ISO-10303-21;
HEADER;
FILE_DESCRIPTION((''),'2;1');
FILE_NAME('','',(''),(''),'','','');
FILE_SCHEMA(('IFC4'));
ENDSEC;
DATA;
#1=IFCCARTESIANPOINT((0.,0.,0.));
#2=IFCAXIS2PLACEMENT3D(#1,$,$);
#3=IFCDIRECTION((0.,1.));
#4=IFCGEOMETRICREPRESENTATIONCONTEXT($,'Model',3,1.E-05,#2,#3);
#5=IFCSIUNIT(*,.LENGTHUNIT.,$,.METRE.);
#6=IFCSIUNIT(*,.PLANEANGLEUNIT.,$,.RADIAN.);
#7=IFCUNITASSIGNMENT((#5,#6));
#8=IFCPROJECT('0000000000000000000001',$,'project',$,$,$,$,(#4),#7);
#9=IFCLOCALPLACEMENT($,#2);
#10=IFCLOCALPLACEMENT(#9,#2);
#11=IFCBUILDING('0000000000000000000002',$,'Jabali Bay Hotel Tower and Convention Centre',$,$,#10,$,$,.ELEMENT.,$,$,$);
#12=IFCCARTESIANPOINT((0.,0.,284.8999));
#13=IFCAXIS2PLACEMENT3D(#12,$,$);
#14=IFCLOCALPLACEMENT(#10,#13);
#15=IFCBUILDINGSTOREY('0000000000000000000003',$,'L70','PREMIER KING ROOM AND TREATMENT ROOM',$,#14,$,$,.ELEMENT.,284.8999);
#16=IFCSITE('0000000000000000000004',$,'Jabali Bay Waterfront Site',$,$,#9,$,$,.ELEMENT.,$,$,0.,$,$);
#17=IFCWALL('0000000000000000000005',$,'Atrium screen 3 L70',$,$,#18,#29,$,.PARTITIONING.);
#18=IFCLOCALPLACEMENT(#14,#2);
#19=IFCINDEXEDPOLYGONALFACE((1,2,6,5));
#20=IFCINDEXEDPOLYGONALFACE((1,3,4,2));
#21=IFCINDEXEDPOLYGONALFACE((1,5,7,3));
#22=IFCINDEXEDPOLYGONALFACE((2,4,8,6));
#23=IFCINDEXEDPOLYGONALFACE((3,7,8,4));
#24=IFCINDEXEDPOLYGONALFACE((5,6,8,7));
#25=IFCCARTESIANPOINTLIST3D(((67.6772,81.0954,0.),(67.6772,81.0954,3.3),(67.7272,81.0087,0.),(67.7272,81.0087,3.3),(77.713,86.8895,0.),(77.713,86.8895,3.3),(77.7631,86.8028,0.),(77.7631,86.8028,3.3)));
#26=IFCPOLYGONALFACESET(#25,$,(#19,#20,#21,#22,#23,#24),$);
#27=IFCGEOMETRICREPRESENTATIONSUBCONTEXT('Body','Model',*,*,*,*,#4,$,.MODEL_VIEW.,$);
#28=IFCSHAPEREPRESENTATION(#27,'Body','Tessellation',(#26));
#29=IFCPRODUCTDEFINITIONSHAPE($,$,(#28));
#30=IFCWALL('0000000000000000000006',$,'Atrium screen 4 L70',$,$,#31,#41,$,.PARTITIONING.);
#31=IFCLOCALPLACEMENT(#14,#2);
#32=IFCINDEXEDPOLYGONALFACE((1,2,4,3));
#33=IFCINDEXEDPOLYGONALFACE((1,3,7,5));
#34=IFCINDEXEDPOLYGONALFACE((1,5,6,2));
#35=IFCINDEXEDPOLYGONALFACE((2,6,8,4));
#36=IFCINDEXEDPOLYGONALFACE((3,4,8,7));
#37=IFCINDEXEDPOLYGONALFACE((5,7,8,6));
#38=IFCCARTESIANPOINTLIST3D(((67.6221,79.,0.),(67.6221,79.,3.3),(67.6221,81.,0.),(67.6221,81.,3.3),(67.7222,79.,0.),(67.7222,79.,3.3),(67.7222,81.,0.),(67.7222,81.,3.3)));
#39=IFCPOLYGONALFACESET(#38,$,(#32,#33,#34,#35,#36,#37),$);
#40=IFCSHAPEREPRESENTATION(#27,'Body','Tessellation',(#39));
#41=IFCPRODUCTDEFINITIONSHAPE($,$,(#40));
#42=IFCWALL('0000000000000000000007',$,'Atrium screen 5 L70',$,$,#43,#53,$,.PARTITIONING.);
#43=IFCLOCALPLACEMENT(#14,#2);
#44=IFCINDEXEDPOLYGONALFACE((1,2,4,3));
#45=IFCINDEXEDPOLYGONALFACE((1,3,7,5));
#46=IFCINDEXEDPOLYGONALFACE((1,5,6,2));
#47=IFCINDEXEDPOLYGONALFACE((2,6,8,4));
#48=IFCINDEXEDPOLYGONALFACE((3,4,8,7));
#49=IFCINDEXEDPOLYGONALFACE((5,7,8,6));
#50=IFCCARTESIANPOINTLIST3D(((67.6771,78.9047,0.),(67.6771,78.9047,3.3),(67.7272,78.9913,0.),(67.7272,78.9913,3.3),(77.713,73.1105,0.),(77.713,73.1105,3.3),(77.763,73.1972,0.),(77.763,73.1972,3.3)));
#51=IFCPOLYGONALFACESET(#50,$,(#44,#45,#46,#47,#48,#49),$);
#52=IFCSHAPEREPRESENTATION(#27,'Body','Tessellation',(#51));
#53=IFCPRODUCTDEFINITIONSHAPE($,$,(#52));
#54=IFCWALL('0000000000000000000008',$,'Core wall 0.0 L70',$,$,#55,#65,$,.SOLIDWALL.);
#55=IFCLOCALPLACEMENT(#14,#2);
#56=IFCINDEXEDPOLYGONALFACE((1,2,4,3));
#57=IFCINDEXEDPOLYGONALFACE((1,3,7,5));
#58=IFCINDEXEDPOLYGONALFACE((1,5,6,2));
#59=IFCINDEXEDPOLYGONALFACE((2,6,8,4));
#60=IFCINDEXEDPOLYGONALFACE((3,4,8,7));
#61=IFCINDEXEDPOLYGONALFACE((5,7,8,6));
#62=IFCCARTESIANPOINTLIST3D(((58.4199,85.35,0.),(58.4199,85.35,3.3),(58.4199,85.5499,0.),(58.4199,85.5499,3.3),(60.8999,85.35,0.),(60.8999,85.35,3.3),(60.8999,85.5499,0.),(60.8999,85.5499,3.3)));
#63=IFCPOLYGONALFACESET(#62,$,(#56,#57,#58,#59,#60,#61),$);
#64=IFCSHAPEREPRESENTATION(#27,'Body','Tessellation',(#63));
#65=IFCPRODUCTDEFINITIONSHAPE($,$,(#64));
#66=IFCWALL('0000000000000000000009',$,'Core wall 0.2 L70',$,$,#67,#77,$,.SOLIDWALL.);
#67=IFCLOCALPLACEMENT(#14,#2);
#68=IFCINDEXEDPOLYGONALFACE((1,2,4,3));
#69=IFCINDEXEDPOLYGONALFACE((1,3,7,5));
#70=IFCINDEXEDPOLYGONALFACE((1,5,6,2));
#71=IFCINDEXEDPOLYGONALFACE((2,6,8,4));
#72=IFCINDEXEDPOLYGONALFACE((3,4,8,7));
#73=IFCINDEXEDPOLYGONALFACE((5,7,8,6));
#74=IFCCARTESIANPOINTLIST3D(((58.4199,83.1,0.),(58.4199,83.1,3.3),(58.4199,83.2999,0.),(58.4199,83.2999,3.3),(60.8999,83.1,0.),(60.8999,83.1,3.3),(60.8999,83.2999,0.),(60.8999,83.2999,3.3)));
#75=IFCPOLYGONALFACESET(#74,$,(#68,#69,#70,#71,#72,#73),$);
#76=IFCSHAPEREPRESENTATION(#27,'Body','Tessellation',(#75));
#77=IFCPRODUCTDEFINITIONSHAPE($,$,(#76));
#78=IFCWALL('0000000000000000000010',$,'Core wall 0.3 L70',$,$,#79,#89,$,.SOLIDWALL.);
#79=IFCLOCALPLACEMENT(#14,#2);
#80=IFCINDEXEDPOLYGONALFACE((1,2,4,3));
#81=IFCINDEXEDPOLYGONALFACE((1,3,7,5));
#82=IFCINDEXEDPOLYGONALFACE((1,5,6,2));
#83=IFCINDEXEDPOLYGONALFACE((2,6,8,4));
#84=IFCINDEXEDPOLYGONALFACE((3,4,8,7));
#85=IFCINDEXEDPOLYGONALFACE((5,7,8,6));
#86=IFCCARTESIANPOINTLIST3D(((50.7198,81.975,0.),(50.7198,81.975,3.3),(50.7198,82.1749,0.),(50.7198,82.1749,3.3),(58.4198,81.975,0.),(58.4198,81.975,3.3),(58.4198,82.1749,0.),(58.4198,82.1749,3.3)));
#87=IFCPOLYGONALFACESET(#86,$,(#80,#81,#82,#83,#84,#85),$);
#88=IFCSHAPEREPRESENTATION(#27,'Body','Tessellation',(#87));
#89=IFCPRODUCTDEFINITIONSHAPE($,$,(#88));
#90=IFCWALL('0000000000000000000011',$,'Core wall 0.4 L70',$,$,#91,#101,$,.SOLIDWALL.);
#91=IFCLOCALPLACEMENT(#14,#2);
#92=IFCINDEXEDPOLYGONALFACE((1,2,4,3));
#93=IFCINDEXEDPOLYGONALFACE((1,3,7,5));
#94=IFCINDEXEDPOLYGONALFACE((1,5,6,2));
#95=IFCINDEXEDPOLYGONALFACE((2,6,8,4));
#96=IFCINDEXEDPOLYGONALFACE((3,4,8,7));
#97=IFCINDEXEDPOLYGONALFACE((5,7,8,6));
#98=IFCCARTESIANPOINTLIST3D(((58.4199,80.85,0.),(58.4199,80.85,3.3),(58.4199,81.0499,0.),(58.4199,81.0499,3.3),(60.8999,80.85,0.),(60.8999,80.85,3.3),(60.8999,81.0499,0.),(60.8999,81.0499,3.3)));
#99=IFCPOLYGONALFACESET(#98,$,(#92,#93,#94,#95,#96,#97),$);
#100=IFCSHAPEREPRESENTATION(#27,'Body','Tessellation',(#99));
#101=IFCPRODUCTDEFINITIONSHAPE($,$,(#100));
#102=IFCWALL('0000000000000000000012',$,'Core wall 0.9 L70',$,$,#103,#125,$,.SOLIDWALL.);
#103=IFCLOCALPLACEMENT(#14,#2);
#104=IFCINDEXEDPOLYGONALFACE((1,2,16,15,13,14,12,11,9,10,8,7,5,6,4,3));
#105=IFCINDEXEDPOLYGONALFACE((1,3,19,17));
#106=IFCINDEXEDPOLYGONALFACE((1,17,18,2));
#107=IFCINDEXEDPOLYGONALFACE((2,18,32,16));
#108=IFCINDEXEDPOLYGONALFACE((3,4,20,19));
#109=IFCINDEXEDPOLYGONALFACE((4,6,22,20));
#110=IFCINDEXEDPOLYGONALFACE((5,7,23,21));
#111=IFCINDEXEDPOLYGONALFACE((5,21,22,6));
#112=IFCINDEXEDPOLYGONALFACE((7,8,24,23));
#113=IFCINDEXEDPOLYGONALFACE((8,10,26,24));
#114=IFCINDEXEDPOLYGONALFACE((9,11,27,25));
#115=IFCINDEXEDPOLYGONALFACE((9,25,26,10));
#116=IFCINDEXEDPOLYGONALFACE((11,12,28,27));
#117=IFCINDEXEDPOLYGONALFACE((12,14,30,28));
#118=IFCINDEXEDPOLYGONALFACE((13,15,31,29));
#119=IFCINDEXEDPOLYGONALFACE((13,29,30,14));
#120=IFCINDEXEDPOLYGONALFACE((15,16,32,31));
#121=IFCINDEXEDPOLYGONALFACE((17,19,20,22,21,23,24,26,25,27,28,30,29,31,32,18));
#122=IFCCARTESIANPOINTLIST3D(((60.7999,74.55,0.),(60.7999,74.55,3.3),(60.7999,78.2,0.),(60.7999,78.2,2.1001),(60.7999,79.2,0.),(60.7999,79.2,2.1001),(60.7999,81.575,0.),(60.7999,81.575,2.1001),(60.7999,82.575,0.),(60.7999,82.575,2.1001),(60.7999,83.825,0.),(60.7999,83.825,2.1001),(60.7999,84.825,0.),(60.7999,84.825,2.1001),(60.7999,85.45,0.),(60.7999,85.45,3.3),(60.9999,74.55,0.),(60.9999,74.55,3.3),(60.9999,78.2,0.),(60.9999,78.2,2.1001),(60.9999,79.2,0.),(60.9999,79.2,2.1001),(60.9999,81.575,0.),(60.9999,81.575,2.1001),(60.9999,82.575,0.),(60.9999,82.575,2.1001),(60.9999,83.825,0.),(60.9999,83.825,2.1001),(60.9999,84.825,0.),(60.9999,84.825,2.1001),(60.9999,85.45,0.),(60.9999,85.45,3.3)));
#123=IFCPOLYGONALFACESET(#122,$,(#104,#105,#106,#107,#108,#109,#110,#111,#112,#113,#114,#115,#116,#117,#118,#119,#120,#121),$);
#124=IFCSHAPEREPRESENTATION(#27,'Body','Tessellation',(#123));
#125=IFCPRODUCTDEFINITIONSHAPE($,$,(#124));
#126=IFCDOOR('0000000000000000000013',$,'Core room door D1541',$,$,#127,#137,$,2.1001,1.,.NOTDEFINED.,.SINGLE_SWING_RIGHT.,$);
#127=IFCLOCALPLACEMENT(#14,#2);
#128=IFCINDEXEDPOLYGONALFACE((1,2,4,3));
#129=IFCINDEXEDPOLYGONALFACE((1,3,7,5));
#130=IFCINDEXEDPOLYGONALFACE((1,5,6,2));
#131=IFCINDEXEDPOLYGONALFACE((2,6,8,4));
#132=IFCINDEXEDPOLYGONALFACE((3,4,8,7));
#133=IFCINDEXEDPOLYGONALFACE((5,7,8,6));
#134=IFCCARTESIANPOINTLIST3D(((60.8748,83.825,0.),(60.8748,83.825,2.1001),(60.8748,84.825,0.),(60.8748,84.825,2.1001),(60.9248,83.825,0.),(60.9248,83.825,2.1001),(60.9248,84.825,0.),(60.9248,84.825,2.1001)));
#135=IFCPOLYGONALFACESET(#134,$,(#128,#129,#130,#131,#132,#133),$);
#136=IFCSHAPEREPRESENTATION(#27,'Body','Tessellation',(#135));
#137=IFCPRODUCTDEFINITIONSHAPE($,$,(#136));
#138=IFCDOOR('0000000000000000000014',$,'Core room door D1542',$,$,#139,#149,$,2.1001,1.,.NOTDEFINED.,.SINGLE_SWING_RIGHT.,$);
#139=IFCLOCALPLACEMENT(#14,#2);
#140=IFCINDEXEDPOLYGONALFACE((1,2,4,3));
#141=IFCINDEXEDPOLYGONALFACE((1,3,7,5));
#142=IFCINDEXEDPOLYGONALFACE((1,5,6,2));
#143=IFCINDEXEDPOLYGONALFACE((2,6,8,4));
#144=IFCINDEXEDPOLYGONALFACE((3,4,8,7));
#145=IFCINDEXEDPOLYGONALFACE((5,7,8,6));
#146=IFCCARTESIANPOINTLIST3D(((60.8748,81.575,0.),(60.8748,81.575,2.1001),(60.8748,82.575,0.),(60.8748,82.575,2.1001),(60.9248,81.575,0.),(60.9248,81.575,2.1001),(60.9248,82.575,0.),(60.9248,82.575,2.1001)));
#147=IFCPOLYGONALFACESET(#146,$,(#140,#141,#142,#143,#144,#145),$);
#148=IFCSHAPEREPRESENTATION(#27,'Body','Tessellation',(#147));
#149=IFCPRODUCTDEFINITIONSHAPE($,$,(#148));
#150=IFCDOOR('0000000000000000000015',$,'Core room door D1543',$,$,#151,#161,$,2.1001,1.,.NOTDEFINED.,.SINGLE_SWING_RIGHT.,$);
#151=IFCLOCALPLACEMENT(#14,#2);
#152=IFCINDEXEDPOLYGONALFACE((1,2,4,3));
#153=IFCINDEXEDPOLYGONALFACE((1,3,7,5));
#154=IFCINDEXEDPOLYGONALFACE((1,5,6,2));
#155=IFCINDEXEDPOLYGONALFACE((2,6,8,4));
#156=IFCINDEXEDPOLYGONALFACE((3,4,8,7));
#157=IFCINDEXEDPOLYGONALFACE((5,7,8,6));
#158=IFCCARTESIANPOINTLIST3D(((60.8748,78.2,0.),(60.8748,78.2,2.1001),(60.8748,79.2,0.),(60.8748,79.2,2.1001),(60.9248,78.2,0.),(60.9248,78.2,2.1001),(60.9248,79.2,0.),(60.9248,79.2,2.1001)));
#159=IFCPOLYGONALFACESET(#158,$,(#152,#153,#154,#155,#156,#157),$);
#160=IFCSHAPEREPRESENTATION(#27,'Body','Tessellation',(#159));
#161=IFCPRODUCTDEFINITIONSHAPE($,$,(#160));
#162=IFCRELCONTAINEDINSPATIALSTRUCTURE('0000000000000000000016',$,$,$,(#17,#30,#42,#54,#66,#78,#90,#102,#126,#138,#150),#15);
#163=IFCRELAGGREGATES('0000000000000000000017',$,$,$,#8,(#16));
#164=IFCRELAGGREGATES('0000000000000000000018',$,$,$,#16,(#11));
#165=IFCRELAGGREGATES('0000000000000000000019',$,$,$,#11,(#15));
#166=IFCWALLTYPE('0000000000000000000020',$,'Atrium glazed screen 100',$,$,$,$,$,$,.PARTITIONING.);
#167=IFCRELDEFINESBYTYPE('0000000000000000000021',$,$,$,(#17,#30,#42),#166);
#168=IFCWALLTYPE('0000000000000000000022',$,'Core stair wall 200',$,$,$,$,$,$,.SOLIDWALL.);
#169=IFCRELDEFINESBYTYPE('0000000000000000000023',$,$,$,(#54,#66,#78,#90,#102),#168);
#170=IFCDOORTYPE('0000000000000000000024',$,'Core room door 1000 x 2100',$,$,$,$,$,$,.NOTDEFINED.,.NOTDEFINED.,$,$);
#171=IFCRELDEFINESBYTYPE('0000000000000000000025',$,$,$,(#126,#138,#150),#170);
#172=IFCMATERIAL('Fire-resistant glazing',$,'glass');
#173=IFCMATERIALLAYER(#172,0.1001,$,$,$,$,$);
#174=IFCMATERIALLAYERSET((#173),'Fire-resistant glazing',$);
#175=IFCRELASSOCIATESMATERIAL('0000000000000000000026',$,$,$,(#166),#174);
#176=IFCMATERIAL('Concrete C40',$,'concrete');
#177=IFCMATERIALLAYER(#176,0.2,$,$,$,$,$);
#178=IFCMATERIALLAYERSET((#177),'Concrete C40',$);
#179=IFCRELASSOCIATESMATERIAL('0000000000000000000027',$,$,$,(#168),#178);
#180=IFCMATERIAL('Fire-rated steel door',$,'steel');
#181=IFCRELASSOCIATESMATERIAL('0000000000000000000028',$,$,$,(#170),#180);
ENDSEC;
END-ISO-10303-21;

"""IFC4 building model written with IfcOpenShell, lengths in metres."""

from ifc_helpers import new_model, si_unit, direction, frame, frame_2d, origin, place, context, subcontext, project, spatial, rectangle, extrude, material, layer, layer_set, type_object, element, fill, save


model = new_model("IFC4")

# Units and contexts
model_context = context("Model", 3, precision=1e-05, world=origin(), true_north=direction((0.0, 1.0)))
body_context = subcontext(model_context, "Body", "Model", "MODEL_VIEW")
ifc_project = project(units=[si_unit("LENGTHUNIT", "METRE"), si_unit("PLANEANGLEUNIT", "RADIAN")], contexts=[model_context])

# Site, building, storey
site_placement = place(None, origin())
site = spatial("IfcSite", under=ifc_project, at=site_placement, Name="Jabali Bay Waterfront Site", CompositionType="ELEMENT", RefElevation=0.0)
building_placement = place(site_placement, origin())
building = spatial("IfcBuilding", under=site, at=building_placement, Name="Jabali Bay Hotel Tower and Convention Centre", CompositionType="ELEMENT")
storey_placement = place(building_placement, frame((0.0, 0.0, 284.8999)))
storey = spatial("IfcBuildingStorey", under=building, at=storey_placement, Name="L70", Description="PREMIER KING ROOM AND TREATMENT ROOM", CompositionType="ELEMENT", Elevation=284.8999)

# Walls
ifc_material_1 = material(Name="Fire-resistant glazing", Category="glass")
ifc_layer_1 = layer(ifc_material_1, 0.1001)
ifc_layer_set_1 = layer_set([ifc_layer_1], Name="Fire-resistant glazing")
wall_type_1 = type_object("IfcWallType", Name="Atrium glazed screen 100", PredefinedType="PARTITIONING", material=ifc_layer_set_1)
wall_1_placement = place(storey_placement, frame((77.738, 86.8462, 0.0), z_axis=(0.0, 0.0, 1.0), x_axis=(-0.866027, -0.499998, 0.0)))
element("IfcWall", 1, at=wall_1_placement, inside=storey, type_object=wall_type_1, Name="Atrium screen 3 L70", PredefinedType="PARTITIONING", context=body_context, shape_type="SweptSolid", body=[
    extrude(rectangle(XDim=11.5884, YDim=0.1001, at=frame_2d((5.7942, 0.0))), origin(), (0.0, 0.0, 1.0), 3.3),
])
wall_2_placement = place(storey_placement, frame((67.6721, 81.0, 0.0), z_axis=(0.0, 0.0, 1.0), x_axis=(0.0, -1.0, 0.0)))
element("IfcWall", 2, at=wall_2_placement, inside=storey, type_object=wall_type_1, Name="Atrium screen 4 L70", PredefinedType="PARTITIONING", context=body_context, shape_type="SweptSolid", body=[
    extrude(rectangle(XDim=2.0, YDim=0.1001, at=frame_2d((1.0, 0.0))), origin(), (0.0, 0.0, 1.0), 3.3),
])
wall_3_placement = place(storey_placement, frame((67.7021, 78.948, 0.0), z_axis=(0.0, 0.0, 1.0), x_axis=(0.866027, -0.499998, 0.0)))
element("IfcWall", 3, at=wall_3_placement, inside=storey, type_object=wall_type_1, Name="Atrium screen 5 L70", PredefinedType="PARTITIONING", context=body_context, shape_type="SweptSolid", body=[
    extrude(rectangle(XDim=11.5884, YDim=0.1001, at=frame_2d((5.7942, 0.0))), origin(), (0.0, 0.0, 1.0), 3.3),
])
ifc_material_2 = material(Name="Concrete C40", Category="concrete")
ifc_layer_2 = layer(ifc_material_2, 0.2)
ifc_layer_set_2 = layer_set([ifc_layer_2], Name="Concrete C40")
wall_type_2 = type_object("IfcWallType", Name="Core stair wall 200", PredefinedType="SOLIDWALL", material=ifc_layer_set_2)
for number, where, z_axis, x_axis, name in (
    (4, (60.8999, 85.45, 0.0), (0.0, 0.0, 1.0), (-1.0, 0.0, 0.0), "Core wall 0.0 L70"),
    (5, (60.8999, 83.2, 0.0), (0.0, 0.0, 1.0), (-1.0, 0.0, 0.0), "Core wall 0.2 L70"),
):
    element("IfcWall", number, at=place(storey_placement, frame(where, z_axis=z_axis, x_axis=x_axis)), inside=storey, type_object=wall_type_2, Name=name, PredefinedType="SOLIDWALL", context=body_context, shape_type="SweptSolid", body=[
        extrude(rectangle(XDim=2.48, YDim=0.2, at=frame_2d((1.24, 0.0))), origin(), (0.0, 0.0, 1.0), 3.3),
    ])
wall_4_placement = place(storey_placement, frame((58.4199, 82.075, 0.0), z_axis=(0.0, 0.0, 1.0), x_axis=(-1.0, 0.0, 0.0)))
element("IfcWall", 6, at=wall_4_placement, inside=storey, type_object=wall_type_2, Name="Core wall 0.3 L70", PredefinedType="SOLIDWALL", context=body_context, shape_type="SweptSolid", body=[
    extrude(rectangle(XDim=7.7, YDim=0.2, at=frame_2d((3.8501, 0.0))), origin(), (0.0, 0.0, 1.0), 3.3),
])
wall_5_placement = place(storey_placement, frame((60.8999, 80.95, 0.0), z_axis=(0.0, 0.0, 1.0), x_axis=(-1.0, 0.0, 0.0)))
element("IfcWall", 7, at=wall_5_placement, inside=storey, type_object=wall_type_2, Name="Core wall 0.4 L70", PredefinedType="SOLIDWALL", context=body_context, shape_type="SweptSolid", body=[
    extrude(rectangle(XDim=2.48, YDim=0.2, at=frame_2d((1.24, 0.0))), origin(), (0.0, 0.0, 1.0), 3.3),
])

# Wall, openings, doors
wall_6_placement = place(storey_placement, frame((60.8999, 85.45, 0.0), z_axis=(0.0, 0.0, 1.0), x_axis=(0.0, -1.0, 0.0)))
wall_6 = element("IfcWall", 8, at=wall_6_placement, inside=storey, type_object=wall_type_2, Name="Core wall 0.9 L70", PredefinedType="SOLIDWALL", context=body_context, shape_type="SweptSolid", body=[
    extrude(rectangle(XDim=10.8999, YDim=0.2, at=frame_2d((5.45, 0.0))), origin(), (0.0, 0.0, 1.0), 3.3),
])
opening_1_placement = place(wall_6_placement, frame((0.625, 0.0, 0.0)))
opening_1 = element("IfcOpeningElement", 9, at=opening_1_placement, cuts=wall_6, PredefinedType="OPENING", context=body_context, shape_type="SweptSolid", body=[
    extrude(rectangle(XDim=1.0, YDim=2.1001, at=frame_2d((0.5, 1.05))), frame((0.0, 0.1104, 0.0), z_axis=(0.0, -1.0, 0.0), x_axis=(1.0, 0.0, 0.0)), (0.0, 0.0, 1.0), 0.2209),
])
opening_2_placement = place(wall_6_placement, frame((2.875, 0.0, 0.0)))
opening_2 = element("IfcOpeningElement", 10, at=opening_2_placement, cuts=wall_6, PredefinedType="OPENING", context=body_context, shape_type="SweptSolid", body=[
    extrude(rectangle(XDim=1.0, YDim=2.1001, at=frame_2d((0.5, 1.05))), frame((0.0, 0.1104, 0.0), z_axis=(0.0, -1.0, 0.0), x_axis=(1.0, 0.0, 0.0)), (0.0, 0.0, 1.0), 0.2209),
])
opening_3_placement = place(wall_6_placement, frame((6.25, 0.0, 0.0)))
opening_3 = element("IfcOpeningElement", 11, at=opening_3_placement, cuts=wall_6, PredefinedType="OPENING", context=body_context, shape_type="SweptSolid", body=[
    extrude(rectangle(XDim=1.0, YDim=2.1001, at=frame_2d((0.5, 1.05))), frame((0.0, 0.1104, 0.0), z_axis=(0.0, -1.0, 0.0), x_axis=(1.0, 0.0, 0.0)), (0.0, 0.0, 1.0), 0.2209),
])
ifc_material_3 = material(Name="Fire-rated steel door", Category="steel")
door_type_1 = type_object("IfcDoorType", Name="Core room door 1000 x 2100", OperationType="NOTDEFINED", PredefinedType="NOTDEFINED", material=ifc_material_3)
door_1_placement = place(opening_1_placement, origin())
door_1 = element("IfcDoor", 12, at=door_1_placement, inside=storey, type_object=door_type_1, Name="Core room door D1541", OperationType="SINGLE_SWING_RIGHT", OverallHeight=2.1001, OverallWidth=1.0, PredefinedType="NOTDEFINED", context=body_context, shape_type="SweptSolid", body=[
    extrude(rectangle(XDim=1.0, YDim=2.1001, at=frame_2d((0.5, 1.05))), frame((0.0, 0.0249, 0.0), z_axis=(0.0, -1.0, 0.0), x_axis=(1.0, 0.0, 0.0)), (0.0, 0.0, 1.0), 0.05),
])
fill(opening_1, door_1)
door_2_placement = place(opening_2_placement, origin())
door_2 = element("IfcDoor", 13, at=door_2_placement, inside=storey, type_object=door_type_1, Name="Core room door D1542", OperationType="SINGLE_SWING_RIGHT", OverallHeight=2.1001, OverallWidth=1.0, PredefinedType="NOTDEFINED", context=body_context, shape_type="SweptSolid", body=[
    extrude(rectangle(XDim=1.0, YDim=2.1001, at=frame_2d((0.5, 1.05))), frame((0.0, 0.0249, 0.0), z_axis=(0.0, -1.0, 0.0), x_axis=(1.0, 0.0, 0.0)), (0.0, 0.0, 1.0), 0.05),
])
fill(opening_2, door_2)
door_3_placement = place(opening_3_placement, origin())
door_3 = element("IfcDoor", 14, at=door_3_placement, inside=storey, type_object=door_type_1, Name="Core room door D1543", OperationType="SINGLE_SWING_RIGHT", OverallHeight=2.1001, OverallWidth=1.0, PredefinedType="NOTDEFINED", context=body_context, shape_type="SweptSolid", body=[
    extrude(rectangle(XDim=1.0, YDim=2.1001, at=frame_2d((0.5, 1.05))), frame((0.0, 0.0249, 0.0), z_axis=(0.0, -1.0, 0.0), x_axis=(1.0, 0.0, 0.0)), (0.0, 0.0, 1.0), 0.05),
])
fill(opening_3, door_3)

save(model, "model.ifc")
